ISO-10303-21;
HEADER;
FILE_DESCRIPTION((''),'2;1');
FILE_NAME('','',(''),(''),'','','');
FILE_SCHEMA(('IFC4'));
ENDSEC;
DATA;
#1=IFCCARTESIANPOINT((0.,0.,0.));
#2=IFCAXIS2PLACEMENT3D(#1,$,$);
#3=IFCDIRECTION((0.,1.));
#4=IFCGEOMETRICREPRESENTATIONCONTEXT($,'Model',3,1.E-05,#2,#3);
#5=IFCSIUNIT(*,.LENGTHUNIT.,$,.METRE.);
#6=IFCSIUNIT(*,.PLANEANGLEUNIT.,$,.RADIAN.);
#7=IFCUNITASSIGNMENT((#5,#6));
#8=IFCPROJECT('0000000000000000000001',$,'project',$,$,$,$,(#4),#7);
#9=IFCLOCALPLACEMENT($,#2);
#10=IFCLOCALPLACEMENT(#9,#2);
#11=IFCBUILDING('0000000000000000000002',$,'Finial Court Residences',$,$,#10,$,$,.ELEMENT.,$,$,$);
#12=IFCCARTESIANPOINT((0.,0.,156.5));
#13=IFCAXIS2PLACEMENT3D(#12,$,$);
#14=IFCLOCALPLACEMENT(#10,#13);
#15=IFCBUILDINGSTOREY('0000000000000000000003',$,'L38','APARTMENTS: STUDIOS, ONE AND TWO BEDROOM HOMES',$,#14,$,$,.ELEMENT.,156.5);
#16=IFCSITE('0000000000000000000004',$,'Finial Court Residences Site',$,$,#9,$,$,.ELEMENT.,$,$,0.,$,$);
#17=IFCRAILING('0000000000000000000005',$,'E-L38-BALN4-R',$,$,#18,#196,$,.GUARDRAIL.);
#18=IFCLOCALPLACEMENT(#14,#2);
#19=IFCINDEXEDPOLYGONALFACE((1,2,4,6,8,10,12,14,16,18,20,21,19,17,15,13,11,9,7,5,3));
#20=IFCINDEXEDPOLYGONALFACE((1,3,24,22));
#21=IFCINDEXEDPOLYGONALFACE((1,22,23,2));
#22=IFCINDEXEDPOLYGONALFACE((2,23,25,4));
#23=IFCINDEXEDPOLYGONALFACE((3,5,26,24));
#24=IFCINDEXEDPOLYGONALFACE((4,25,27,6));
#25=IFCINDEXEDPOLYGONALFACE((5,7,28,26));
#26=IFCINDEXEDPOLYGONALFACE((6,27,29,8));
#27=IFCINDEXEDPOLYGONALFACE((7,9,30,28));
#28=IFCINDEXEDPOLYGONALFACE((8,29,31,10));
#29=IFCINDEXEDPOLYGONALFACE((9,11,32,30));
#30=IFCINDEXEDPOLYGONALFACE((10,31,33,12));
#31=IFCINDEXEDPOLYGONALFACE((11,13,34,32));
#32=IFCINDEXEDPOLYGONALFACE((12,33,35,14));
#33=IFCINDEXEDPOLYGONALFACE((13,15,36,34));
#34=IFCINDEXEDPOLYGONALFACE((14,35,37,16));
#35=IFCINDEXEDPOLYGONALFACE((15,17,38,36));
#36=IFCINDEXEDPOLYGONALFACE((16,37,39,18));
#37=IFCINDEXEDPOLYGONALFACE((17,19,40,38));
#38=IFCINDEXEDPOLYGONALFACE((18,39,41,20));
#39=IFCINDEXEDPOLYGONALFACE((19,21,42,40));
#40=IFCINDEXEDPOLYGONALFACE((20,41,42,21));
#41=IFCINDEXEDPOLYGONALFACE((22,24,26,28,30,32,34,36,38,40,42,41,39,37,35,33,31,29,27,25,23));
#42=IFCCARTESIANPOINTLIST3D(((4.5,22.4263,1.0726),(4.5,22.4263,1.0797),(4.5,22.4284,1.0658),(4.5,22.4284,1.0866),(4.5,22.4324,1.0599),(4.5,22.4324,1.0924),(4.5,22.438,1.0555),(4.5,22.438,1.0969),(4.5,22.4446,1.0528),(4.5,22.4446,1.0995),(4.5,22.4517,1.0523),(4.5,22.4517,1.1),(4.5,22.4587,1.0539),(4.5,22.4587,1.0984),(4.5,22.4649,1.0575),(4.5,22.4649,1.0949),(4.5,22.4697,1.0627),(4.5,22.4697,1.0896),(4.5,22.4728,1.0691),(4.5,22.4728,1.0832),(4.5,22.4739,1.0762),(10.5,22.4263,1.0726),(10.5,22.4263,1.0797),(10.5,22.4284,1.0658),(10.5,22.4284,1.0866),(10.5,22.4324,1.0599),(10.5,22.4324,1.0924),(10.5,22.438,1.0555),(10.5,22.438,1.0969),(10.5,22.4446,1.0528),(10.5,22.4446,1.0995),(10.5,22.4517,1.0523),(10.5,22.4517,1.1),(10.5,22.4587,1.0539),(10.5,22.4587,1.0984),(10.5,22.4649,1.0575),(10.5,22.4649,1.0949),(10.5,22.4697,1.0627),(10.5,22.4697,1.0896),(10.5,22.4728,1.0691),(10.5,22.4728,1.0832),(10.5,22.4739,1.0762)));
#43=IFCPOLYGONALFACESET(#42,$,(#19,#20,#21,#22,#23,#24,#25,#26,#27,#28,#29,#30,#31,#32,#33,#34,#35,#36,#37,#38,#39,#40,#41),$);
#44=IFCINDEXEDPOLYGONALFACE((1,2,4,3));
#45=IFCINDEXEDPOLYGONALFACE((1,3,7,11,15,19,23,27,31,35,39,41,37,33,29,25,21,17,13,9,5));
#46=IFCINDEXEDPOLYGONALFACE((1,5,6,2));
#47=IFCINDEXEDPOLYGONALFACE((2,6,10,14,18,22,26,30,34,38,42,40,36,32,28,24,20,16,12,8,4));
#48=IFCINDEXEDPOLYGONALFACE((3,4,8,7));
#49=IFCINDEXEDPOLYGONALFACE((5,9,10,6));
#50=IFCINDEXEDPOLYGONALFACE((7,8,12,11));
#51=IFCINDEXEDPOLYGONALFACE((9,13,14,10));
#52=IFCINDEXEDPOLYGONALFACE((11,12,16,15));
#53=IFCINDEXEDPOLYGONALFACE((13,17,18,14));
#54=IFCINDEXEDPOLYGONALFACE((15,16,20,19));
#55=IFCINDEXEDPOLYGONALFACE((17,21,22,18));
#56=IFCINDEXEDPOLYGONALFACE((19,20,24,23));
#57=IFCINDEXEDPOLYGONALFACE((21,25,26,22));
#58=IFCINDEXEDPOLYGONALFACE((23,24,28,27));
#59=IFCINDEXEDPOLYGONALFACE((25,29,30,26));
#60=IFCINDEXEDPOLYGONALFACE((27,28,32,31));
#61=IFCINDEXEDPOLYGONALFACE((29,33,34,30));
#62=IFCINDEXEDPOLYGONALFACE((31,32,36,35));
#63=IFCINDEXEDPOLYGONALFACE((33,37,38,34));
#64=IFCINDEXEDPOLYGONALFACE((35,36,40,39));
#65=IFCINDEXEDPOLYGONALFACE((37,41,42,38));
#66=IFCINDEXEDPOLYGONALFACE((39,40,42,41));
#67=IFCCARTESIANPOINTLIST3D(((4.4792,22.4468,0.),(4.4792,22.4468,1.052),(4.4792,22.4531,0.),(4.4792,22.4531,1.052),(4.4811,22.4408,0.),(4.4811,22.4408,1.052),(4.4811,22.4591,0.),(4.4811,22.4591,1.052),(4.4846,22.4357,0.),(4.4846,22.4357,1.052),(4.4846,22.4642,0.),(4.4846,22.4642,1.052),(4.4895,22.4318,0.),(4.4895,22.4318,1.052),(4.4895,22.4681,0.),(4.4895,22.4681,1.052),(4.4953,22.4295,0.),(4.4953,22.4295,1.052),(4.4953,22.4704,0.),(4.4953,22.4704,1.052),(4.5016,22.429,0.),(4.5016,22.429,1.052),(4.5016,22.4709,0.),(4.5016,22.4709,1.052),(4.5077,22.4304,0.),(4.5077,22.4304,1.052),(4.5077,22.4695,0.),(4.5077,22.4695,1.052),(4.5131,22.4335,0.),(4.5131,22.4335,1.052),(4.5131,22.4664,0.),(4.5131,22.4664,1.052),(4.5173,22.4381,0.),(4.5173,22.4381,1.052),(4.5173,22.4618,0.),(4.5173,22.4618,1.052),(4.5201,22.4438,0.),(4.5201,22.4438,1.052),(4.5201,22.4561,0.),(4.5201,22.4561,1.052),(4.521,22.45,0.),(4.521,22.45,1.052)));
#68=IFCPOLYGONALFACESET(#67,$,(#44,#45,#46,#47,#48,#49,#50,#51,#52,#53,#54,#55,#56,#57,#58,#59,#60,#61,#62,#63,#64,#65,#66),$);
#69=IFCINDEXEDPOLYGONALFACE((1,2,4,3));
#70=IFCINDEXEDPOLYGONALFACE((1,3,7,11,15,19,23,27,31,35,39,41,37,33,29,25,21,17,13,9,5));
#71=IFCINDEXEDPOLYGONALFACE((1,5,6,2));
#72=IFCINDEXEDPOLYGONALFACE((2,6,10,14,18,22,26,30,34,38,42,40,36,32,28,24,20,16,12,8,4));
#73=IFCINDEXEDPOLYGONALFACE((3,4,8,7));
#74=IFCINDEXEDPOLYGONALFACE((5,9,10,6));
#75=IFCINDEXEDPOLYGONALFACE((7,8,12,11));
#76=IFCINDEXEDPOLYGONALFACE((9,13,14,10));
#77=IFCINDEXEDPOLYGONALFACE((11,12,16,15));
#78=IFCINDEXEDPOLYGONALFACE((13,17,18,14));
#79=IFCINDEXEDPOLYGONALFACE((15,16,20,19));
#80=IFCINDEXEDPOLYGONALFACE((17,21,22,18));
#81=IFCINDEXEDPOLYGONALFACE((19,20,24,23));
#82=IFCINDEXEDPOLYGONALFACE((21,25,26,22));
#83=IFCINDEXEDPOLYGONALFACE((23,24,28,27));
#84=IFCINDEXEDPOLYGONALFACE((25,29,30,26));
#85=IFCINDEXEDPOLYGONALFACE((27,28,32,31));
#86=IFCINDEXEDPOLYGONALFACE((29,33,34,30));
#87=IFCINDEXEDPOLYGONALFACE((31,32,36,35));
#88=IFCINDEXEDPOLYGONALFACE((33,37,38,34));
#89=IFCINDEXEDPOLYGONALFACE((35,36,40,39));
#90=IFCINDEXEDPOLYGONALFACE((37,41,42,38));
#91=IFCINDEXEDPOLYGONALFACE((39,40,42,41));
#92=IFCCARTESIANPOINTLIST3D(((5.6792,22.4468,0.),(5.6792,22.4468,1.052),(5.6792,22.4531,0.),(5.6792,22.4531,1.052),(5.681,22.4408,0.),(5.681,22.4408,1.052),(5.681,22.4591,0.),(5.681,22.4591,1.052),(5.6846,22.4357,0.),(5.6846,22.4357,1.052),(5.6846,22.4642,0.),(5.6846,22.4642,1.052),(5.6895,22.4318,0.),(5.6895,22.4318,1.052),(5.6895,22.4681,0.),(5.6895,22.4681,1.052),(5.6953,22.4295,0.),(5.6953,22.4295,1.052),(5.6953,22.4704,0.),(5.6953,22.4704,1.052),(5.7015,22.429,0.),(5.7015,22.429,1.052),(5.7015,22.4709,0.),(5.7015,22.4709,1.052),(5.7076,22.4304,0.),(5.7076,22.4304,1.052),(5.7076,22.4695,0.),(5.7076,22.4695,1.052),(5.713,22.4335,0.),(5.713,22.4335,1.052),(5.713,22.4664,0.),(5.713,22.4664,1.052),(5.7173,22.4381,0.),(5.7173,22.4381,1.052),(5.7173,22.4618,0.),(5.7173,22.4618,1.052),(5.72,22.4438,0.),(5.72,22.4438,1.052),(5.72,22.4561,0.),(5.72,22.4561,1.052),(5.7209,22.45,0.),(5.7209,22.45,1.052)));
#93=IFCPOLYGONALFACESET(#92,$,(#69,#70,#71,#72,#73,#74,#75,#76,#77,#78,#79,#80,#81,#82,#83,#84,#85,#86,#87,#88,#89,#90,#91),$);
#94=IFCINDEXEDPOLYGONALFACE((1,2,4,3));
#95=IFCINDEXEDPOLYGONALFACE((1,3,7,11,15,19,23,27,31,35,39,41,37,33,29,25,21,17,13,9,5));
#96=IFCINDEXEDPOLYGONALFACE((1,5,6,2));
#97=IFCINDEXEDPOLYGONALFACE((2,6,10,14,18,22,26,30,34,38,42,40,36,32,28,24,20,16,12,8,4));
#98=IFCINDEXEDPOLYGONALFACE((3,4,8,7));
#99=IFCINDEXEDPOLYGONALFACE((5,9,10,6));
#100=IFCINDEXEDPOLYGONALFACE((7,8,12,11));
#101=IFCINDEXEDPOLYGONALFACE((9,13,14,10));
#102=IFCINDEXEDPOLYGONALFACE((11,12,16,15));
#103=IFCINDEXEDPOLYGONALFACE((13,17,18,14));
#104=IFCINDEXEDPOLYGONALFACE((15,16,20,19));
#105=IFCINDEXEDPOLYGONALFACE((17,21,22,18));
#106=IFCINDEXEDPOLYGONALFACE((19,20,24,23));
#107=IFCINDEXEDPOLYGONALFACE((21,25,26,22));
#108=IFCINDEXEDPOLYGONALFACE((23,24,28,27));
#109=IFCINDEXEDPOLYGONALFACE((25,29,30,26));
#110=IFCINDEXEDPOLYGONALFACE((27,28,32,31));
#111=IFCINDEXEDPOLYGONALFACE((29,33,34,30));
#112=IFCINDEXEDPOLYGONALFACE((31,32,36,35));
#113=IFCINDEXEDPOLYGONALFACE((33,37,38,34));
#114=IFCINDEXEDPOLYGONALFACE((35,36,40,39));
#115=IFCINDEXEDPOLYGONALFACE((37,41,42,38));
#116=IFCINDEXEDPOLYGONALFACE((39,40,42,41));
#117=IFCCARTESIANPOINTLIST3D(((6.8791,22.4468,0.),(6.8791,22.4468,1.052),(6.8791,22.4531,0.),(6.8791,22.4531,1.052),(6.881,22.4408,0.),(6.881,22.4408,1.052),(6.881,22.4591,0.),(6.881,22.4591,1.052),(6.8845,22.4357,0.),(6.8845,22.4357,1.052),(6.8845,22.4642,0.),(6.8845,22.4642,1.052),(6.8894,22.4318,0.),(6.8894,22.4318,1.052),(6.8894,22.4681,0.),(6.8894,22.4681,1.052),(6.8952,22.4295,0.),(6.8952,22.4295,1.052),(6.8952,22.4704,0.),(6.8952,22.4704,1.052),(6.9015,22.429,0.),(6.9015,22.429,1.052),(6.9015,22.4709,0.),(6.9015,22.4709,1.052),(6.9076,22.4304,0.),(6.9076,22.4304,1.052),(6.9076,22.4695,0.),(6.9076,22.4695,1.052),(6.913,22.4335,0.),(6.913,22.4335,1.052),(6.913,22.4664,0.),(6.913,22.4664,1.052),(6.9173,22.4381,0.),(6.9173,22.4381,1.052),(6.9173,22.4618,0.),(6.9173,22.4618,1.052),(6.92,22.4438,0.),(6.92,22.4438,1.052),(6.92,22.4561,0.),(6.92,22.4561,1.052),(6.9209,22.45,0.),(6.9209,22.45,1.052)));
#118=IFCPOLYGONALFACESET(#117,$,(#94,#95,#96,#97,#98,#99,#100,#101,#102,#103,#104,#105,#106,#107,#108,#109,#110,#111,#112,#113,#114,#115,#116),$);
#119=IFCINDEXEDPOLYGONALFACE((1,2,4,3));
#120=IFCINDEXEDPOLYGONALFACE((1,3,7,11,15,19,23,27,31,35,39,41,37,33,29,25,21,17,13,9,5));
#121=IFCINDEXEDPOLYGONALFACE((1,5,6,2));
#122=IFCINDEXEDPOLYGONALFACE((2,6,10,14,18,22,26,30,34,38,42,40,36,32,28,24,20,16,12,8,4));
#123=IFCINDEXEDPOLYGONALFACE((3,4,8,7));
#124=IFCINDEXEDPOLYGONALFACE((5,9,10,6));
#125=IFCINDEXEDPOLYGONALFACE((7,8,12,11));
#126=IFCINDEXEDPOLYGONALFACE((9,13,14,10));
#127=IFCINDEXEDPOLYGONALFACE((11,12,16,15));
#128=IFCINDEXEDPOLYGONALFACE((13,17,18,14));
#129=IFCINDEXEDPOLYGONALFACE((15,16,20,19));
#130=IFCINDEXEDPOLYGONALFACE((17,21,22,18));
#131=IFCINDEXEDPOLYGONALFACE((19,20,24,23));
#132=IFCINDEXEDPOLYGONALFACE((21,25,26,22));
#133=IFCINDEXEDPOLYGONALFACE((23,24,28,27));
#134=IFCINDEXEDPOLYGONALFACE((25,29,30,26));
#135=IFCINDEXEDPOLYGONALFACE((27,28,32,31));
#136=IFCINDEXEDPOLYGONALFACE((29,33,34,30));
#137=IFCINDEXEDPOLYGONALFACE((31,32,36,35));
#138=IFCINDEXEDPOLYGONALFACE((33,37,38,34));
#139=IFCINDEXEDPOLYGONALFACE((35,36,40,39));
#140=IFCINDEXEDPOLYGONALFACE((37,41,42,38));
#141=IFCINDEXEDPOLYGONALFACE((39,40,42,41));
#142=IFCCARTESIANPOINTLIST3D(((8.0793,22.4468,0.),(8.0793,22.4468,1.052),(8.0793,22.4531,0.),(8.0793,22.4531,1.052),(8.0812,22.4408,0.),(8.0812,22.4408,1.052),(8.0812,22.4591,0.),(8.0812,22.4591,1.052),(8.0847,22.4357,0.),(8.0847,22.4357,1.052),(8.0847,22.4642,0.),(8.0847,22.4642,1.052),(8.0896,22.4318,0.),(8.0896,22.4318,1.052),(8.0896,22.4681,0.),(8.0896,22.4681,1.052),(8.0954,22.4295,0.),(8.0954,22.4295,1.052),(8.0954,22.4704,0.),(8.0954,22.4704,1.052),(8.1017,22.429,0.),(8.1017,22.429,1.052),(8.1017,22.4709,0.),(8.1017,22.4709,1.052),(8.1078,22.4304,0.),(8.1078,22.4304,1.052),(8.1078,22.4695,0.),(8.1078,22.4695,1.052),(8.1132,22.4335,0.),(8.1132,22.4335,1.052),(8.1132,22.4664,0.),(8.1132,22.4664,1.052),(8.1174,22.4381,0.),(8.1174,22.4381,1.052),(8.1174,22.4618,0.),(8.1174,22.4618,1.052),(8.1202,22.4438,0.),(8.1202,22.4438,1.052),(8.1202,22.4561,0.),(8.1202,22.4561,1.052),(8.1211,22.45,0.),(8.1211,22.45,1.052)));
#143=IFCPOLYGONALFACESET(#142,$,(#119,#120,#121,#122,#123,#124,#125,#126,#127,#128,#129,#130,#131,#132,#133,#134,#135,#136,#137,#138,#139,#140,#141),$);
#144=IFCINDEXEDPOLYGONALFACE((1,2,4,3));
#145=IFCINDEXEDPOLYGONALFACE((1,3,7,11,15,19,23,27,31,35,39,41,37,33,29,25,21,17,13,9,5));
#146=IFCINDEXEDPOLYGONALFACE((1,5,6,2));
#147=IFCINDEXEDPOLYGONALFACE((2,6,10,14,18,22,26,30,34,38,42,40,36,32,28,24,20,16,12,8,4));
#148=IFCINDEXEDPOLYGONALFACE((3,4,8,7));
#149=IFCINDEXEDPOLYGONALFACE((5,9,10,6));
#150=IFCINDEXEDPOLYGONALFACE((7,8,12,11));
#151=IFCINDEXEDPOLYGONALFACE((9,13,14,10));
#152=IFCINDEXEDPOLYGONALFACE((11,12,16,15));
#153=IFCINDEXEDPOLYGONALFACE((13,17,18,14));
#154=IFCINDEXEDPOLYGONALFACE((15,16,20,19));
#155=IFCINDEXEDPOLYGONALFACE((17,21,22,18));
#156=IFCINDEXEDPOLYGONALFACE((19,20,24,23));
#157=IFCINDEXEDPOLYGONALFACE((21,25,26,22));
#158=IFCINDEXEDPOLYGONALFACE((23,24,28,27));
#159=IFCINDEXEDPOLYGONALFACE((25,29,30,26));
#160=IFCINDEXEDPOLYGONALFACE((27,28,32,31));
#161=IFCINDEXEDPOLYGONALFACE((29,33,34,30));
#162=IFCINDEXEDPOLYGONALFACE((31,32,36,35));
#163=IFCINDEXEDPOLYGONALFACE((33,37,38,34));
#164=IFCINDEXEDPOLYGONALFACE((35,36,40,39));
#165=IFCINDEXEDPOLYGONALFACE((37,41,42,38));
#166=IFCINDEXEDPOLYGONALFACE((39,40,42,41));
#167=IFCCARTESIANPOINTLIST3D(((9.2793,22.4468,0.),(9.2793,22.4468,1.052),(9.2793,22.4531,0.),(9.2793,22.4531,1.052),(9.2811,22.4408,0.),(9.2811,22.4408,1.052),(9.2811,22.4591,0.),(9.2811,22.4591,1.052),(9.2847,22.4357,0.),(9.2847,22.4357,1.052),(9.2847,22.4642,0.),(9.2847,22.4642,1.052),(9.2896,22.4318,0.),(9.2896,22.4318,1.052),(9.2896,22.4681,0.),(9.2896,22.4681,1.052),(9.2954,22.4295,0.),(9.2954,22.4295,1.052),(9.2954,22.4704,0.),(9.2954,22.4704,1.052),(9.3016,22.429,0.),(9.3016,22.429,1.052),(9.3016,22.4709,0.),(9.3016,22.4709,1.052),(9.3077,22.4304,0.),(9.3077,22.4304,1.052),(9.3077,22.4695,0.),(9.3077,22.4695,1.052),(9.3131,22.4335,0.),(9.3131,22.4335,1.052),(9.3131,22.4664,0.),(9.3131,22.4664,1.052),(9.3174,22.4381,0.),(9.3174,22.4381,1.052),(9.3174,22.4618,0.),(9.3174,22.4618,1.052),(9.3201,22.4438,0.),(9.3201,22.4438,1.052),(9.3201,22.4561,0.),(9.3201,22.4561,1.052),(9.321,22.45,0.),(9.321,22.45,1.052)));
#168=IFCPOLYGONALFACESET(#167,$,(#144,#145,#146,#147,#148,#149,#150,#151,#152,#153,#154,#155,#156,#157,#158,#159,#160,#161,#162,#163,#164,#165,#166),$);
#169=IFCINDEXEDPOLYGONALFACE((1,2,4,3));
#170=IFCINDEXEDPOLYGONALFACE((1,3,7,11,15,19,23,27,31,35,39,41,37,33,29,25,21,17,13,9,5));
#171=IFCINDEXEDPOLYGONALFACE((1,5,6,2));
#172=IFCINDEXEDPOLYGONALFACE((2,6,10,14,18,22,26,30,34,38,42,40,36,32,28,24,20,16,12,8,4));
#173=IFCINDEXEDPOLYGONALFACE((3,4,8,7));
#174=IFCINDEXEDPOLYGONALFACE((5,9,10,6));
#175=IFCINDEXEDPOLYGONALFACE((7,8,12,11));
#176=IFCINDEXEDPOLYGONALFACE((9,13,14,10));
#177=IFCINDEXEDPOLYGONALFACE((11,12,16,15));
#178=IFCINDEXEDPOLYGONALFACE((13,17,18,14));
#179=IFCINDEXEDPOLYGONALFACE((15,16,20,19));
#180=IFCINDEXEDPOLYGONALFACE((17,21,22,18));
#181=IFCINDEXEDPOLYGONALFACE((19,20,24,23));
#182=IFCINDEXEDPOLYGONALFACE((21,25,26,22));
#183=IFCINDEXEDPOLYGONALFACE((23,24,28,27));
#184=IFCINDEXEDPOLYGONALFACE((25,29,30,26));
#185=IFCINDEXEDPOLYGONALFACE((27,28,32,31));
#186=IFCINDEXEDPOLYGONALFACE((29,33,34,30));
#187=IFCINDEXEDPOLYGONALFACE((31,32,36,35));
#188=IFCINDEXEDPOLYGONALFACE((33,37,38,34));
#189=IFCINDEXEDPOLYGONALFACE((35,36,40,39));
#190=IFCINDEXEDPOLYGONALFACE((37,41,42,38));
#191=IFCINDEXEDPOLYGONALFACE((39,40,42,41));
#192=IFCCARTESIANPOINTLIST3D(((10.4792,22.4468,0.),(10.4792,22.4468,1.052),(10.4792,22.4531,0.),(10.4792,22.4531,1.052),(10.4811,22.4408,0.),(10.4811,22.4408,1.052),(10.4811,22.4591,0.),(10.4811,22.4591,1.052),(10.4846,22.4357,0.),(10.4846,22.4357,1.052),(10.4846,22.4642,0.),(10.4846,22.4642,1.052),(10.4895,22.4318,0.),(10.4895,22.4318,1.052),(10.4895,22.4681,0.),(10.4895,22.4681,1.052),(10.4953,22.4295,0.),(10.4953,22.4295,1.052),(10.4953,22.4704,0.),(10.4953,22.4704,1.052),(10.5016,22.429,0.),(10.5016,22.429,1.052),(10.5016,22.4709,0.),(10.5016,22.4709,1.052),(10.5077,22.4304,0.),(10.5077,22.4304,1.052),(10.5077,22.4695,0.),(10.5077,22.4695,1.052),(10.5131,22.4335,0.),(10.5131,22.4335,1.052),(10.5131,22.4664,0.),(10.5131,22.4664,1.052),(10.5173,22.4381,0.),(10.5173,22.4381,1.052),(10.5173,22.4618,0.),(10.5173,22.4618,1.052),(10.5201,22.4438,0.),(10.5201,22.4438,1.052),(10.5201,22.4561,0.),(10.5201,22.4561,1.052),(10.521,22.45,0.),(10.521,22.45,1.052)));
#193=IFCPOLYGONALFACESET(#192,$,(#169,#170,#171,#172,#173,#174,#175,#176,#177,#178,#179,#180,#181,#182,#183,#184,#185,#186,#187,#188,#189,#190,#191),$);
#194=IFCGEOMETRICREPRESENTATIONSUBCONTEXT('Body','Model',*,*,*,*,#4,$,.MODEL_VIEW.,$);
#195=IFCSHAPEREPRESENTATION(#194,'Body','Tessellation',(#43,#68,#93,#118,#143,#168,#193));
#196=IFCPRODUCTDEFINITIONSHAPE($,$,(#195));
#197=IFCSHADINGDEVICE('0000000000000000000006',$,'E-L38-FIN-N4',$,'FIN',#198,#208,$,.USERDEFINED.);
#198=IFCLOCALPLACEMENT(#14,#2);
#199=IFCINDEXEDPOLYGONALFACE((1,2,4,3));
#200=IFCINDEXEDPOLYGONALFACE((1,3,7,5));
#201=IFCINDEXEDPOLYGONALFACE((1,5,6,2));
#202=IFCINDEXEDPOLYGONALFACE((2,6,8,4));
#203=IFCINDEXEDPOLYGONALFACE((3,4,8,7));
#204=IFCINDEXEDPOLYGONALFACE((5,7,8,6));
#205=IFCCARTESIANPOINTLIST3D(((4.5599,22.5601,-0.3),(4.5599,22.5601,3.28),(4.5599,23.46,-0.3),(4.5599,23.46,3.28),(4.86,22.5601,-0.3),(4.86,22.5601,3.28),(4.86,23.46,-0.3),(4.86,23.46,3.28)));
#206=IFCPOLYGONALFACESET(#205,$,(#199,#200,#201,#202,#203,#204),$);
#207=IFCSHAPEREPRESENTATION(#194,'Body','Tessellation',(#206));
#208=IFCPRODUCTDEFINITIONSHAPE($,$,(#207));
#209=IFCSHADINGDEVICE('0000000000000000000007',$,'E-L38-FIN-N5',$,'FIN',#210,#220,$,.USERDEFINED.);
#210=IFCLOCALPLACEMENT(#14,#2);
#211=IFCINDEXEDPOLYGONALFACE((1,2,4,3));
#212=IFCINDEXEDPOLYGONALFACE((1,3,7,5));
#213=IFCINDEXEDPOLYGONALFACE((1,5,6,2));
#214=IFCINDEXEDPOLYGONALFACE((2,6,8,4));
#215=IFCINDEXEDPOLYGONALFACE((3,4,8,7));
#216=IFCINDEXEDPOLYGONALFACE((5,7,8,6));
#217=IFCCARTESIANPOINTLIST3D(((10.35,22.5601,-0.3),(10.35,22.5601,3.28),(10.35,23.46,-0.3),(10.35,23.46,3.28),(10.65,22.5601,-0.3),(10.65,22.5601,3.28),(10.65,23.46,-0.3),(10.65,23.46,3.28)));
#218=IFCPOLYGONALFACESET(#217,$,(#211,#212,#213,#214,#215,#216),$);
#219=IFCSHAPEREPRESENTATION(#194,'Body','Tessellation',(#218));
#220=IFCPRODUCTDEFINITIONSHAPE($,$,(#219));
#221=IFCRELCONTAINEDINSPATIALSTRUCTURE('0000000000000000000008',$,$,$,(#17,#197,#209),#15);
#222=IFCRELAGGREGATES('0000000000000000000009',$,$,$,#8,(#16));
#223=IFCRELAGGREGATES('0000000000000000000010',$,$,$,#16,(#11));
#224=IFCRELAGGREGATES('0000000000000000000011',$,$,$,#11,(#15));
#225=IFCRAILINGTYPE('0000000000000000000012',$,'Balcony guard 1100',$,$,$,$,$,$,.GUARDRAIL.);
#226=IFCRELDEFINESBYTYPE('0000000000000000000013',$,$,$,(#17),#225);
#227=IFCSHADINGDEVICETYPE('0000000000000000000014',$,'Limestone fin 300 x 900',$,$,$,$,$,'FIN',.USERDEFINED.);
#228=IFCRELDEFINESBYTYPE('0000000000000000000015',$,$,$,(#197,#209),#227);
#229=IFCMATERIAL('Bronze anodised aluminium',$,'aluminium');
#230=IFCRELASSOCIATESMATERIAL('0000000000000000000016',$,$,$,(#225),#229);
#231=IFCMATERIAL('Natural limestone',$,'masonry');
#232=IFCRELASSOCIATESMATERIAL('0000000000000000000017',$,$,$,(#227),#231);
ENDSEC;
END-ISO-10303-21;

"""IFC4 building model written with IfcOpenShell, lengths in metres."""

from ifc_helpers import new_model, si_unit, direction, frame, origin, origin_2d, place, context, subcontext, project, spatial, rectangle, circle, extrude, material, type_object, element, save


model = new_model("IFC4")

# Units and contexts
model_context = context("Model", 3, precision=1e-05, world=origin(), true_north=direction((0.0, 1.0)))
body_context = subcontext(model_context, "Body", "Model", "MODEL_VIEW")
ifc_project = project(units=[si_unit("LENGTHUNIT", "METRE"), si_unit("PLANEANGLEUNIT", "RADIAN")], contexts=[model_context])

# Site, building, storey
site_placement = place(None, origin())
site = spatial("IfcSite", under=ifc_project, at=site_placement, Name="Finial Court Residences Site", CompositionType="ELEMENT", RefElevation=0.0)
building_placement = place(site_placement, origin())
building = spatial("IfcBuilding", under=site, at=building_placement, Name="Finial Court Residences", CompositionType="ELEMENT")
storey_placement = place(building_placement, frame((0.0, 0.0, 156.5)))
storey = spatial("IfcBuildingStorey", under=building, at=storey_placement, Name="L38", Description="APARTMENTS: STUDIOS, ONE AND TWO BEDROOM HOMES", CompositionType="ELEMENT", Elevation=156.5)

# Shared definitions
ifc_material_1 = material(Name="Bronze anodised aluminium", Category="aluminium")

# Shared definitions
ifc_material_2 = material(Name="Natural limestone", Category="masonry")

# Railing
railing_type = type_object("IfcRailingType", Name="Balcony guard 1100", PredefinedType="GUARDRAIL", material=ifc_material_1)
railing_placement = place(storey_placement, frame((4.5, 22.45, 0.0)))
element("IfcRailing", 1, at=railing_placement, inside=storey, type_object=railing_type, Name="E-L38-BALN4-R", PredefinedType="GUARDRAIL", context=body_context, shape_type="SweptSolid", body=[
    extrude(circle(Radius=0.0239, at=origin_2d()), frame((0.0, 0.0, 1.0762), z_axis=(1.0, 0.0, 0.0), x_axis=(0.0, 1.0, 0.0)), (0.0, 0.0, 1.0), 6.0),
    extrude(circle(Radius=0.021, at=origin_2d()), origin(), (0.0, 0.0, 1.0), 1.052),
    extrude(circle(Radius=0.021, at=origin_2d()), frame((1.2, 0.0, 0.0)), (0.0, 0.0, 1.0), 1.052),
    extrude(circle(Radius=0.021, at=origin_2d()), frame((2.3999, 0.0, 0.0)), (0.0, 0.0, 1.0), 1.052),
    extrude(circle(Radius=0.021, at=origin_2d()), frame((3.6001, 0.0, 0.0)), (0.0, 0.0, 1.0), 1.052),
    extrude(circle(Radius=0.021, at=origin_2d()), frame((4.8, 0.0, 0.0)), (0.0, 0.0, 1.0), 1.052),
    extrude(circle(Radius=0.021, at=origin_2d()), frame((6.0, 0.0, 0.0)), (0.0, 0.0, 1.0), 1.052),
])

# Shading devices
shading_device_type = type_object("IfcShadingDeviceType", Name="Limestone fin 300 x 900", ElementType="FIN", PredefinedType="USERDEFINED", material=ifc_material_2)
for number, where, z_axis, x_axis, name in (
    (2, (4.71, 23.01, -0.3), (0.0, 0.0, 1.0), (1.0, 0.0, 0.0), "E-L38-FIN-N4"),
    (3, (10.5, 23.01, -0.3), (0.0, 0.0, 1.0), (1.0, 0.0, 0.0), "E-L38-FIN-N5"),
):
    element("IfcShadingDevice", number, at=place(storey_placement, frame(where, z_axis=z_axis, x_axis=x_axis)), inside=storey, type_object=shading_device_type, Name=name, ObjectType="FIN", PredefinedType="USERDEFINED", context=body_context, shape_type="SweptSolid", body=[
        extrude(rectangle(XDim=0.3, YDim=0.8999, at=origin_2d()), origin(), (0.0, 0.0, 1.0), 3.5801),
    ])

save(model, "model.ifc")
